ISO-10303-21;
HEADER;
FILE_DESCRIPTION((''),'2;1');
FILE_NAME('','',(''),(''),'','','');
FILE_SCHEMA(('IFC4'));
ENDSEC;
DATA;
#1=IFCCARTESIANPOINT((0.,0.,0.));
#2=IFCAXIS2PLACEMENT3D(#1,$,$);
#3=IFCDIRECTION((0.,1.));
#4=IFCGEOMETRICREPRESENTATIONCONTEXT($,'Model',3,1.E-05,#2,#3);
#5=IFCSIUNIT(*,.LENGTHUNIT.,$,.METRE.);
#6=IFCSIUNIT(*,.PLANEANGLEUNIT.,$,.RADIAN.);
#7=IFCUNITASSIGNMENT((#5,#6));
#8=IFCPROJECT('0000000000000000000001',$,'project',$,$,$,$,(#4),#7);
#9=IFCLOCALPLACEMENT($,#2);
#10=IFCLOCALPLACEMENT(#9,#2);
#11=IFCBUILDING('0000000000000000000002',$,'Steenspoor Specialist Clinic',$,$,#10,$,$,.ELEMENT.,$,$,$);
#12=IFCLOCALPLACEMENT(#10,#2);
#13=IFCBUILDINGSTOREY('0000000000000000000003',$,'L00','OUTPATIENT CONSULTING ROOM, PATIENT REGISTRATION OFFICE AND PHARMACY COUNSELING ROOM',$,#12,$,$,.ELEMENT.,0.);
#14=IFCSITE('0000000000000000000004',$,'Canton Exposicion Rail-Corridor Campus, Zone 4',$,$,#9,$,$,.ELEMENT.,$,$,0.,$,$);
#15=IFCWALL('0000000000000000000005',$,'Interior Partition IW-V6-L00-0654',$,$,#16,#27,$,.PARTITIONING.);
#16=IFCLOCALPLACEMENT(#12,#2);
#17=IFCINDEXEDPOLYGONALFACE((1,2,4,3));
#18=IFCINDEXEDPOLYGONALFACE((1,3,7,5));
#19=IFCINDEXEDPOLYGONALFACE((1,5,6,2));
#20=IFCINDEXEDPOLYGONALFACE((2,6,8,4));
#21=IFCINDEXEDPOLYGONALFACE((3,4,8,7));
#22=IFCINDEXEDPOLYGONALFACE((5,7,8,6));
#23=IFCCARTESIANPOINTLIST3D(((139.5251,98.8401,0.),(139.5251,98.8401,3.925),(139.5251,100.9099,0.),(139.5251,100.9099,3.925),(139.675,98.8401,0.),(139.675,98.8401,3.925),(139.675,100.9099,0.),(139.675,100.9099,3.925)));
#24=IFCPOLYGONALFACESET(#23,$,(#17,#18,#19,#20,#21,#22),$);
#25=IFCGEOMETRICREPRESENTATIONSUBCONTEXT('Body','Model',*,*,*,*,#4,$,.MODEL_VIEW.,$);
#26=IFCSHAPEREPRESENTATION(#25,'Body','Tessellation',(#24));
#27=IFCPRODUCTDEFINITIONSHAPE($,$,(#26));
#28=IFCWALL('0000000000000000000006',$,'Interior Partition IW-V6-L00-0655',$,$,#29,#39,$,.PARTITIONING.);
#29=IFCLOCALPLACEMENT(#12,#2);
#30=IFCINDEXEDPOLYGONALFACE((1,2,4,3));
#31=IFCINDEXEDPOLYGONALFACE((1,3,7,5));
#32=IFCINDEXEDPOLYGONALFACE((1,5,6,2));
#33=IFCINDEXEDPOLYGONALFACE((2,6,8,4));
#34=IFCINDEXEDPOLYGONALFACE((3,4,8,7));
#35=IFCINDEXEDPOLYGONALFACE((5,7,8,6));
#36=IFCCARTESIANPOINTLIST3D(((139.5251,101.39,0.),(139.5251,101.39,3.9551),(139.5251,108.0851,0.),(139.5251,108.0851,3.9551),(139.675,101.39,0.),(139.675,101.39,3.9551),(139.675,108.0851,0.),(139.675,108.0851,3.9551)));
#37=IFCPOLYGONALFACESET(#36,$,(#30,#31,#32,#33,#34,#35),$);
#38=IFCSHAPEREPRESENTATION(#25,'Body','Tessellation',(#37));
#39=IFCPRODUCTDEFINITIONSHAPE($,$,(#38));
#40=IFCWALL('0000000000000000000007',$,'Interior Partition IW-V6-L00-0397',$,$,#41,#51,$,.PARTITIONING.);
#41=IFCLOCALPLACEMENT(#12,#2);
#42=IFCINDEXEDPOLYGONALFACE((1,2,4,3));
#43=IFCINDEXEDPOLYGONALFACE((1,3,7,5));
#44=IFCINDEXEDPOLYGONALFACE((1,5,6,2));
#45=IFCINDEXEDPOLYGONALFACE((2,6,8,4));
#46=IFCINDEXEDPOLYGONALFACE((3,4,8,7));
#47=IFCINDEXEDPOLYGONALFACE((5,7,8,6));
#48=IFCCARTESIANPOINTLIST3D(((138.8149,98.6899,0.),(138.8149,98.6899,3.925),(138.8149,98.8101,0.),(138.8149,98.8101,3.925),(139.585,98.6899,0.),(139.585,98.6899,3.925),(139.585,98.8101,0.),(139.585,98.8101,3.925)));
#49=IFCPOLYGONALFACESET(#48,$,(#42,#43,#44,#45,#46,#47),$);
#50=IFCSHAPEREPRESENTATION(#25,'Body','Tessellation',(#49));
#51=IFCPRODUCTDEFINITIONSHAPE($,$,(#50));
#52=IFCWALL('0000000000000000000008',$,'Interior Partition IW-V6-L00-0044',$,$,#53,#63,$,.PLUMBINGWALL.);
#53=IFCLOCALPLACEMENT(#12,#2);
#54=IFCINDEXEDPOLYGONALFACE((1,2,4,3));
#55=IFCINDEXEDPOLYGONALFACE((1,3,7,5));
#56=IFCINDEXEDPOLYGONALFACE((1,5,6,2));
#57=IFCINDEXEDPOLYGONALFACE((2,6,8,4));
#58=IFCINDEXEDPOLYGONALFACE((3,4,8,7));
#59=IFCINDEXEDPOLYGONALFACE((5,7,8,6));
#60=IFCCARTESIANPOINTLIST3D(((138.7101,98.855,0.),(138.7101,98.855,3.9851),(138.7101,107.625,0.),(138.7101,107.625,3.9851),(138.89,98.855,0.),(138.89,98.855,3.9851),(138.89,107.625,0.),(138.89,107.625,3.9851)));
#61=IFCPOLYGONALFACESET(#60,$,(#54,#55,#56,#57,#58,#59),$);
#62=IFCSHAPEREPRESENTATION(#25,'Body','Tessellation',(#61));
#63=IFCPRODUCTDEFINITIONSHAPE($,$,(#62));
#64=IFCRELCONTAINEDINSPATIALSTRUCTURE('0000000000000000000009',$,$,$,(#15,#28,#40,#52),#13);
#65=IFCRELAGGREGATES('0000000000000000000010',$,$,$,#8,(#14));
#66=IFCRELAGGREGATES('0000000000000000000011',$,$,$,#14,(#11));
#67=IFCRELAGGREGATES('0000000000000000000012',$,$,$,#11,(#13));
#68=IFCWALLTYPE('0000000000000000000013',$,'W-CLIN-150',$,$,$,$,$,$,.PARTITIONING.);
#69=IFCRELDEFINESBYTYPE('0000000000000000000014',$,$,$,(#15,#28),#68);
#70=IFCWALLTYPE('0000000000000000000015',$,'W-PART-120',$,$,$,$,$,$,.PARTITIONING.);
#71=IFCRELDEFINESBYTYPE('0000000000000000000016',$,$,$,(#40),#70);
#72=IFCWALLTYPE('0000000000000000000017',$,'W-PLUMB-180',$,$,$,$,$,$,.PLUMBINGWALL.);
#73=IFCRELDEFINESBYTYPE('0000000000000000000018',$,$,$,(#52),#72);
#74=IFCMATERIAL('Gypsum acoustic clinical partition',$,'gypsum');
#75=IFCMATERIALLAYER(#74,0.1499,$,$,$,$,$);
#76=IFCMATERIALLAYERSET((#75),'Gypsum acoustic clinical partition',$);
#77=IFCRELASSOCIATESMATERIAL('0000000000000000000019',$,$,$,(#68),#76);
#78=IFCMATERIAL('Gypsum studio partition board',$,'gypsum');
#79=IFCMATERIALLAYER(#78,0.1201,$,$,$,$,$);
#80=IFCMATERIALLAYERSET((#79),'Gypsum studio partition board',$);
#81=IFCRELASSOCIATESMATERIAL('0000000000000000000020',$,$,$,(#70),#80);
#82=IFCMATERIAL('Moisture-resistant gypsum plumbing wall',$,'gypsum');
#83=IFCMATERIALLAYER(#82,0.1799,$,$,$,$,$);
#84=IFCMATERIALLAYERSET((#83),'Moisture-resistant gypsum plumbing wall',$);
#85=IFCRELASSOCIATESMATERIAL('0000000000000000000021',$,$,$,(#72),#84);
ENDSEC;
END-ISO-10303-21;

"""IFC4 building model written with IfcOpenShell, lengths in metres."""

from ifc_helpers import new_model, si_unit, direction, frame, frame_2d, origin, place, context, subcontext, project, spatial, rectangle, extrude, material, layer, layer_set, type_object, element, save


model = new_model("IFC4")

# Units and contexts
model_context = context("Model", 3, precision=1e-05, world=origin(), true_north=direction((0.0, 1.0)))
body_context = subcontext(model_context, "Body", "Model", "MODEL_VIEW")
ifc_project = project(units=[si_unit("LENGTHUNIT", "METRE"), si_unit("PLANEANGLEUNIT", "RADIAN")], contexts=[model_context])

# Site, building, storey
site_placement = place(None, origin())
site = spatial("IfcSite", under=ifc_project, at=site_placement, Name="Canton Exposicion Rail-Corridor Campus, Zone 4", CompositionType="ELEMENT", RefElevation=0.0)
building_placement = place(site_placement, origin())
building = spatial("IfcBuilding", under=site, at=building_placement, Name="Steenspoor Specialist Clinic", CompositionType="ELEMENT")
storey_placement = place(building_placement, origin())
storey = spatial("IfcBuildingStorey", under=building, at=storey_placement, Name="L00", Description="OUTPATIENT CONSULTING ROOM, PATIENT REGISTRATION OFFICE AND PHARMACY COUNSELING ROOM", CompositionType="ELEMENT", Elevation=0.0)

# Shared definitions
ifc_material_1 = material(Name="Gypsum acoustic clinical partition", Category="gypsum")
ifc_layer_1 = layer(ifc_material_1, 0.1499)
ifc_layer_set_1 = layer_set([ifc_layer_1], Name="Gypsum acoustic clinical partition")
wall_type_1 = type_object("IfcWallType", Name="W-CLIN-150", PredefinedType="PARTITIONING", material=ifc_layer_set_1)

# Walls
wall_1_placement = place(storey_placement, frame((139.6001, 98.8401, 0.0), z_axis=(0.0, 0.0, 1.0), x_axis=(0.0, 1.0, 0.0)))
element("IfcWall", 1, at=wall_1_placement, inside=storey, type_object=wall_type_1, Name="Interior Partition IW-V6-L00-0654", PredefinedType="PARTITIONING", context=body_context, shape_type="SweptSolid", body=[
    extrude(rectangle(XDim=2.0698, YDim=0.1499, at=frame_2d((1.0349, 0.0))), origin(), (0.0, 0.0, 1.0), 3.925),
])
wall_2_placement = place(storey_placement, frame((139.6001, 101.3899, 0.0), z_axis=(0.0, 0.0, 1.0), x_axis=(0.0, 1.0, 0.0)))
element("IfcWall", 2, at=wall_2_placement, inside=storey, type_object=wall_type_1, Name="Interior Partition IW-V6-L00-0655", PredefinedType="PARTITIONING", context=body_context, shape_type="SweptSolid", body=[
    extrude(rectangle(XDim=6.6951, YDim=0.1499, at=frame_2d((3.3477, 0.0))), origin(), (0.0, 0.0, 1.0), 3.9551),
])
ifc_material_2 = material(Name="Gypsum studio partition board", Category="gypsum")
ifc_layer_2 = layer(ifc_material_2, 0.1201)
ifc_layer_set_2 = layer_set([ifc_layer_2], Name="Gypsum studio partition board")
wall_type_2 = type_object("IfcWallType", Name="W-PART-120", PredefinedType="PARTITIONING", material=ifc_layer_set_2)
wall_3_placement = place(storey_placement, frame((138.8149, 98.75, 0.0), z_axis=(0.0, 0.0, 1.0), x_axis=(1.0, 0.0, 0.0)))
element("IfcWall", 3, at=wall_3_placement, inside=storey, type_object=wall_type_2, Name="Interior Partition IW-V6-L00-0397", PredefinedType="PARTITIONING", context=body_context, shape_type="SweptSolid", body=[
    extrude(rectangle(XDim=0.77, YDim=0.1201, at=frame_2d((0.385, 0.0))), origin(), (0.0, 0.0, 1.0), 3.925),
])
ifc_material_3 = material(Name="Moisture-resistant gypsum plumbing wall", Category="gypsum")
ifc_layer_3 = layer(ifc_material_3, 0.1799)
ifc_layer_set_3 = layer_set([ifc_layer_3], Name="Moisture-resistant gypsum plumbing wall")
wall_type_3 = type_object("IfcWallType", Name="W-PLUMB-180", PredefinedType="PLUMBINGWALL", material=ifc_layer_set_3)
wall_4_placement = place(storey_placement, frame((138.8, 98.855, 0.0), z_axis=(0.0, 0.0, 1.0), x_axis=(0.0, 1.0, 0.0)))
element("IfcWall", 4, at=wall_4_placement, inside=storey, type_object=wall_type_3, Name="Interior Partition IW-V6-L00-0044", PredefinedType="PLUMBINGWALL", context=body_context, shape_type="SweptSolid", body=[
    extrude(rectangle(XDim=8.77, YDim=0.1799, at=frame_2d((4.385, 0.0))), origin(), (0.0, 0.0, 1.0), 3.9851),
])

save(model, "model.ifc")
